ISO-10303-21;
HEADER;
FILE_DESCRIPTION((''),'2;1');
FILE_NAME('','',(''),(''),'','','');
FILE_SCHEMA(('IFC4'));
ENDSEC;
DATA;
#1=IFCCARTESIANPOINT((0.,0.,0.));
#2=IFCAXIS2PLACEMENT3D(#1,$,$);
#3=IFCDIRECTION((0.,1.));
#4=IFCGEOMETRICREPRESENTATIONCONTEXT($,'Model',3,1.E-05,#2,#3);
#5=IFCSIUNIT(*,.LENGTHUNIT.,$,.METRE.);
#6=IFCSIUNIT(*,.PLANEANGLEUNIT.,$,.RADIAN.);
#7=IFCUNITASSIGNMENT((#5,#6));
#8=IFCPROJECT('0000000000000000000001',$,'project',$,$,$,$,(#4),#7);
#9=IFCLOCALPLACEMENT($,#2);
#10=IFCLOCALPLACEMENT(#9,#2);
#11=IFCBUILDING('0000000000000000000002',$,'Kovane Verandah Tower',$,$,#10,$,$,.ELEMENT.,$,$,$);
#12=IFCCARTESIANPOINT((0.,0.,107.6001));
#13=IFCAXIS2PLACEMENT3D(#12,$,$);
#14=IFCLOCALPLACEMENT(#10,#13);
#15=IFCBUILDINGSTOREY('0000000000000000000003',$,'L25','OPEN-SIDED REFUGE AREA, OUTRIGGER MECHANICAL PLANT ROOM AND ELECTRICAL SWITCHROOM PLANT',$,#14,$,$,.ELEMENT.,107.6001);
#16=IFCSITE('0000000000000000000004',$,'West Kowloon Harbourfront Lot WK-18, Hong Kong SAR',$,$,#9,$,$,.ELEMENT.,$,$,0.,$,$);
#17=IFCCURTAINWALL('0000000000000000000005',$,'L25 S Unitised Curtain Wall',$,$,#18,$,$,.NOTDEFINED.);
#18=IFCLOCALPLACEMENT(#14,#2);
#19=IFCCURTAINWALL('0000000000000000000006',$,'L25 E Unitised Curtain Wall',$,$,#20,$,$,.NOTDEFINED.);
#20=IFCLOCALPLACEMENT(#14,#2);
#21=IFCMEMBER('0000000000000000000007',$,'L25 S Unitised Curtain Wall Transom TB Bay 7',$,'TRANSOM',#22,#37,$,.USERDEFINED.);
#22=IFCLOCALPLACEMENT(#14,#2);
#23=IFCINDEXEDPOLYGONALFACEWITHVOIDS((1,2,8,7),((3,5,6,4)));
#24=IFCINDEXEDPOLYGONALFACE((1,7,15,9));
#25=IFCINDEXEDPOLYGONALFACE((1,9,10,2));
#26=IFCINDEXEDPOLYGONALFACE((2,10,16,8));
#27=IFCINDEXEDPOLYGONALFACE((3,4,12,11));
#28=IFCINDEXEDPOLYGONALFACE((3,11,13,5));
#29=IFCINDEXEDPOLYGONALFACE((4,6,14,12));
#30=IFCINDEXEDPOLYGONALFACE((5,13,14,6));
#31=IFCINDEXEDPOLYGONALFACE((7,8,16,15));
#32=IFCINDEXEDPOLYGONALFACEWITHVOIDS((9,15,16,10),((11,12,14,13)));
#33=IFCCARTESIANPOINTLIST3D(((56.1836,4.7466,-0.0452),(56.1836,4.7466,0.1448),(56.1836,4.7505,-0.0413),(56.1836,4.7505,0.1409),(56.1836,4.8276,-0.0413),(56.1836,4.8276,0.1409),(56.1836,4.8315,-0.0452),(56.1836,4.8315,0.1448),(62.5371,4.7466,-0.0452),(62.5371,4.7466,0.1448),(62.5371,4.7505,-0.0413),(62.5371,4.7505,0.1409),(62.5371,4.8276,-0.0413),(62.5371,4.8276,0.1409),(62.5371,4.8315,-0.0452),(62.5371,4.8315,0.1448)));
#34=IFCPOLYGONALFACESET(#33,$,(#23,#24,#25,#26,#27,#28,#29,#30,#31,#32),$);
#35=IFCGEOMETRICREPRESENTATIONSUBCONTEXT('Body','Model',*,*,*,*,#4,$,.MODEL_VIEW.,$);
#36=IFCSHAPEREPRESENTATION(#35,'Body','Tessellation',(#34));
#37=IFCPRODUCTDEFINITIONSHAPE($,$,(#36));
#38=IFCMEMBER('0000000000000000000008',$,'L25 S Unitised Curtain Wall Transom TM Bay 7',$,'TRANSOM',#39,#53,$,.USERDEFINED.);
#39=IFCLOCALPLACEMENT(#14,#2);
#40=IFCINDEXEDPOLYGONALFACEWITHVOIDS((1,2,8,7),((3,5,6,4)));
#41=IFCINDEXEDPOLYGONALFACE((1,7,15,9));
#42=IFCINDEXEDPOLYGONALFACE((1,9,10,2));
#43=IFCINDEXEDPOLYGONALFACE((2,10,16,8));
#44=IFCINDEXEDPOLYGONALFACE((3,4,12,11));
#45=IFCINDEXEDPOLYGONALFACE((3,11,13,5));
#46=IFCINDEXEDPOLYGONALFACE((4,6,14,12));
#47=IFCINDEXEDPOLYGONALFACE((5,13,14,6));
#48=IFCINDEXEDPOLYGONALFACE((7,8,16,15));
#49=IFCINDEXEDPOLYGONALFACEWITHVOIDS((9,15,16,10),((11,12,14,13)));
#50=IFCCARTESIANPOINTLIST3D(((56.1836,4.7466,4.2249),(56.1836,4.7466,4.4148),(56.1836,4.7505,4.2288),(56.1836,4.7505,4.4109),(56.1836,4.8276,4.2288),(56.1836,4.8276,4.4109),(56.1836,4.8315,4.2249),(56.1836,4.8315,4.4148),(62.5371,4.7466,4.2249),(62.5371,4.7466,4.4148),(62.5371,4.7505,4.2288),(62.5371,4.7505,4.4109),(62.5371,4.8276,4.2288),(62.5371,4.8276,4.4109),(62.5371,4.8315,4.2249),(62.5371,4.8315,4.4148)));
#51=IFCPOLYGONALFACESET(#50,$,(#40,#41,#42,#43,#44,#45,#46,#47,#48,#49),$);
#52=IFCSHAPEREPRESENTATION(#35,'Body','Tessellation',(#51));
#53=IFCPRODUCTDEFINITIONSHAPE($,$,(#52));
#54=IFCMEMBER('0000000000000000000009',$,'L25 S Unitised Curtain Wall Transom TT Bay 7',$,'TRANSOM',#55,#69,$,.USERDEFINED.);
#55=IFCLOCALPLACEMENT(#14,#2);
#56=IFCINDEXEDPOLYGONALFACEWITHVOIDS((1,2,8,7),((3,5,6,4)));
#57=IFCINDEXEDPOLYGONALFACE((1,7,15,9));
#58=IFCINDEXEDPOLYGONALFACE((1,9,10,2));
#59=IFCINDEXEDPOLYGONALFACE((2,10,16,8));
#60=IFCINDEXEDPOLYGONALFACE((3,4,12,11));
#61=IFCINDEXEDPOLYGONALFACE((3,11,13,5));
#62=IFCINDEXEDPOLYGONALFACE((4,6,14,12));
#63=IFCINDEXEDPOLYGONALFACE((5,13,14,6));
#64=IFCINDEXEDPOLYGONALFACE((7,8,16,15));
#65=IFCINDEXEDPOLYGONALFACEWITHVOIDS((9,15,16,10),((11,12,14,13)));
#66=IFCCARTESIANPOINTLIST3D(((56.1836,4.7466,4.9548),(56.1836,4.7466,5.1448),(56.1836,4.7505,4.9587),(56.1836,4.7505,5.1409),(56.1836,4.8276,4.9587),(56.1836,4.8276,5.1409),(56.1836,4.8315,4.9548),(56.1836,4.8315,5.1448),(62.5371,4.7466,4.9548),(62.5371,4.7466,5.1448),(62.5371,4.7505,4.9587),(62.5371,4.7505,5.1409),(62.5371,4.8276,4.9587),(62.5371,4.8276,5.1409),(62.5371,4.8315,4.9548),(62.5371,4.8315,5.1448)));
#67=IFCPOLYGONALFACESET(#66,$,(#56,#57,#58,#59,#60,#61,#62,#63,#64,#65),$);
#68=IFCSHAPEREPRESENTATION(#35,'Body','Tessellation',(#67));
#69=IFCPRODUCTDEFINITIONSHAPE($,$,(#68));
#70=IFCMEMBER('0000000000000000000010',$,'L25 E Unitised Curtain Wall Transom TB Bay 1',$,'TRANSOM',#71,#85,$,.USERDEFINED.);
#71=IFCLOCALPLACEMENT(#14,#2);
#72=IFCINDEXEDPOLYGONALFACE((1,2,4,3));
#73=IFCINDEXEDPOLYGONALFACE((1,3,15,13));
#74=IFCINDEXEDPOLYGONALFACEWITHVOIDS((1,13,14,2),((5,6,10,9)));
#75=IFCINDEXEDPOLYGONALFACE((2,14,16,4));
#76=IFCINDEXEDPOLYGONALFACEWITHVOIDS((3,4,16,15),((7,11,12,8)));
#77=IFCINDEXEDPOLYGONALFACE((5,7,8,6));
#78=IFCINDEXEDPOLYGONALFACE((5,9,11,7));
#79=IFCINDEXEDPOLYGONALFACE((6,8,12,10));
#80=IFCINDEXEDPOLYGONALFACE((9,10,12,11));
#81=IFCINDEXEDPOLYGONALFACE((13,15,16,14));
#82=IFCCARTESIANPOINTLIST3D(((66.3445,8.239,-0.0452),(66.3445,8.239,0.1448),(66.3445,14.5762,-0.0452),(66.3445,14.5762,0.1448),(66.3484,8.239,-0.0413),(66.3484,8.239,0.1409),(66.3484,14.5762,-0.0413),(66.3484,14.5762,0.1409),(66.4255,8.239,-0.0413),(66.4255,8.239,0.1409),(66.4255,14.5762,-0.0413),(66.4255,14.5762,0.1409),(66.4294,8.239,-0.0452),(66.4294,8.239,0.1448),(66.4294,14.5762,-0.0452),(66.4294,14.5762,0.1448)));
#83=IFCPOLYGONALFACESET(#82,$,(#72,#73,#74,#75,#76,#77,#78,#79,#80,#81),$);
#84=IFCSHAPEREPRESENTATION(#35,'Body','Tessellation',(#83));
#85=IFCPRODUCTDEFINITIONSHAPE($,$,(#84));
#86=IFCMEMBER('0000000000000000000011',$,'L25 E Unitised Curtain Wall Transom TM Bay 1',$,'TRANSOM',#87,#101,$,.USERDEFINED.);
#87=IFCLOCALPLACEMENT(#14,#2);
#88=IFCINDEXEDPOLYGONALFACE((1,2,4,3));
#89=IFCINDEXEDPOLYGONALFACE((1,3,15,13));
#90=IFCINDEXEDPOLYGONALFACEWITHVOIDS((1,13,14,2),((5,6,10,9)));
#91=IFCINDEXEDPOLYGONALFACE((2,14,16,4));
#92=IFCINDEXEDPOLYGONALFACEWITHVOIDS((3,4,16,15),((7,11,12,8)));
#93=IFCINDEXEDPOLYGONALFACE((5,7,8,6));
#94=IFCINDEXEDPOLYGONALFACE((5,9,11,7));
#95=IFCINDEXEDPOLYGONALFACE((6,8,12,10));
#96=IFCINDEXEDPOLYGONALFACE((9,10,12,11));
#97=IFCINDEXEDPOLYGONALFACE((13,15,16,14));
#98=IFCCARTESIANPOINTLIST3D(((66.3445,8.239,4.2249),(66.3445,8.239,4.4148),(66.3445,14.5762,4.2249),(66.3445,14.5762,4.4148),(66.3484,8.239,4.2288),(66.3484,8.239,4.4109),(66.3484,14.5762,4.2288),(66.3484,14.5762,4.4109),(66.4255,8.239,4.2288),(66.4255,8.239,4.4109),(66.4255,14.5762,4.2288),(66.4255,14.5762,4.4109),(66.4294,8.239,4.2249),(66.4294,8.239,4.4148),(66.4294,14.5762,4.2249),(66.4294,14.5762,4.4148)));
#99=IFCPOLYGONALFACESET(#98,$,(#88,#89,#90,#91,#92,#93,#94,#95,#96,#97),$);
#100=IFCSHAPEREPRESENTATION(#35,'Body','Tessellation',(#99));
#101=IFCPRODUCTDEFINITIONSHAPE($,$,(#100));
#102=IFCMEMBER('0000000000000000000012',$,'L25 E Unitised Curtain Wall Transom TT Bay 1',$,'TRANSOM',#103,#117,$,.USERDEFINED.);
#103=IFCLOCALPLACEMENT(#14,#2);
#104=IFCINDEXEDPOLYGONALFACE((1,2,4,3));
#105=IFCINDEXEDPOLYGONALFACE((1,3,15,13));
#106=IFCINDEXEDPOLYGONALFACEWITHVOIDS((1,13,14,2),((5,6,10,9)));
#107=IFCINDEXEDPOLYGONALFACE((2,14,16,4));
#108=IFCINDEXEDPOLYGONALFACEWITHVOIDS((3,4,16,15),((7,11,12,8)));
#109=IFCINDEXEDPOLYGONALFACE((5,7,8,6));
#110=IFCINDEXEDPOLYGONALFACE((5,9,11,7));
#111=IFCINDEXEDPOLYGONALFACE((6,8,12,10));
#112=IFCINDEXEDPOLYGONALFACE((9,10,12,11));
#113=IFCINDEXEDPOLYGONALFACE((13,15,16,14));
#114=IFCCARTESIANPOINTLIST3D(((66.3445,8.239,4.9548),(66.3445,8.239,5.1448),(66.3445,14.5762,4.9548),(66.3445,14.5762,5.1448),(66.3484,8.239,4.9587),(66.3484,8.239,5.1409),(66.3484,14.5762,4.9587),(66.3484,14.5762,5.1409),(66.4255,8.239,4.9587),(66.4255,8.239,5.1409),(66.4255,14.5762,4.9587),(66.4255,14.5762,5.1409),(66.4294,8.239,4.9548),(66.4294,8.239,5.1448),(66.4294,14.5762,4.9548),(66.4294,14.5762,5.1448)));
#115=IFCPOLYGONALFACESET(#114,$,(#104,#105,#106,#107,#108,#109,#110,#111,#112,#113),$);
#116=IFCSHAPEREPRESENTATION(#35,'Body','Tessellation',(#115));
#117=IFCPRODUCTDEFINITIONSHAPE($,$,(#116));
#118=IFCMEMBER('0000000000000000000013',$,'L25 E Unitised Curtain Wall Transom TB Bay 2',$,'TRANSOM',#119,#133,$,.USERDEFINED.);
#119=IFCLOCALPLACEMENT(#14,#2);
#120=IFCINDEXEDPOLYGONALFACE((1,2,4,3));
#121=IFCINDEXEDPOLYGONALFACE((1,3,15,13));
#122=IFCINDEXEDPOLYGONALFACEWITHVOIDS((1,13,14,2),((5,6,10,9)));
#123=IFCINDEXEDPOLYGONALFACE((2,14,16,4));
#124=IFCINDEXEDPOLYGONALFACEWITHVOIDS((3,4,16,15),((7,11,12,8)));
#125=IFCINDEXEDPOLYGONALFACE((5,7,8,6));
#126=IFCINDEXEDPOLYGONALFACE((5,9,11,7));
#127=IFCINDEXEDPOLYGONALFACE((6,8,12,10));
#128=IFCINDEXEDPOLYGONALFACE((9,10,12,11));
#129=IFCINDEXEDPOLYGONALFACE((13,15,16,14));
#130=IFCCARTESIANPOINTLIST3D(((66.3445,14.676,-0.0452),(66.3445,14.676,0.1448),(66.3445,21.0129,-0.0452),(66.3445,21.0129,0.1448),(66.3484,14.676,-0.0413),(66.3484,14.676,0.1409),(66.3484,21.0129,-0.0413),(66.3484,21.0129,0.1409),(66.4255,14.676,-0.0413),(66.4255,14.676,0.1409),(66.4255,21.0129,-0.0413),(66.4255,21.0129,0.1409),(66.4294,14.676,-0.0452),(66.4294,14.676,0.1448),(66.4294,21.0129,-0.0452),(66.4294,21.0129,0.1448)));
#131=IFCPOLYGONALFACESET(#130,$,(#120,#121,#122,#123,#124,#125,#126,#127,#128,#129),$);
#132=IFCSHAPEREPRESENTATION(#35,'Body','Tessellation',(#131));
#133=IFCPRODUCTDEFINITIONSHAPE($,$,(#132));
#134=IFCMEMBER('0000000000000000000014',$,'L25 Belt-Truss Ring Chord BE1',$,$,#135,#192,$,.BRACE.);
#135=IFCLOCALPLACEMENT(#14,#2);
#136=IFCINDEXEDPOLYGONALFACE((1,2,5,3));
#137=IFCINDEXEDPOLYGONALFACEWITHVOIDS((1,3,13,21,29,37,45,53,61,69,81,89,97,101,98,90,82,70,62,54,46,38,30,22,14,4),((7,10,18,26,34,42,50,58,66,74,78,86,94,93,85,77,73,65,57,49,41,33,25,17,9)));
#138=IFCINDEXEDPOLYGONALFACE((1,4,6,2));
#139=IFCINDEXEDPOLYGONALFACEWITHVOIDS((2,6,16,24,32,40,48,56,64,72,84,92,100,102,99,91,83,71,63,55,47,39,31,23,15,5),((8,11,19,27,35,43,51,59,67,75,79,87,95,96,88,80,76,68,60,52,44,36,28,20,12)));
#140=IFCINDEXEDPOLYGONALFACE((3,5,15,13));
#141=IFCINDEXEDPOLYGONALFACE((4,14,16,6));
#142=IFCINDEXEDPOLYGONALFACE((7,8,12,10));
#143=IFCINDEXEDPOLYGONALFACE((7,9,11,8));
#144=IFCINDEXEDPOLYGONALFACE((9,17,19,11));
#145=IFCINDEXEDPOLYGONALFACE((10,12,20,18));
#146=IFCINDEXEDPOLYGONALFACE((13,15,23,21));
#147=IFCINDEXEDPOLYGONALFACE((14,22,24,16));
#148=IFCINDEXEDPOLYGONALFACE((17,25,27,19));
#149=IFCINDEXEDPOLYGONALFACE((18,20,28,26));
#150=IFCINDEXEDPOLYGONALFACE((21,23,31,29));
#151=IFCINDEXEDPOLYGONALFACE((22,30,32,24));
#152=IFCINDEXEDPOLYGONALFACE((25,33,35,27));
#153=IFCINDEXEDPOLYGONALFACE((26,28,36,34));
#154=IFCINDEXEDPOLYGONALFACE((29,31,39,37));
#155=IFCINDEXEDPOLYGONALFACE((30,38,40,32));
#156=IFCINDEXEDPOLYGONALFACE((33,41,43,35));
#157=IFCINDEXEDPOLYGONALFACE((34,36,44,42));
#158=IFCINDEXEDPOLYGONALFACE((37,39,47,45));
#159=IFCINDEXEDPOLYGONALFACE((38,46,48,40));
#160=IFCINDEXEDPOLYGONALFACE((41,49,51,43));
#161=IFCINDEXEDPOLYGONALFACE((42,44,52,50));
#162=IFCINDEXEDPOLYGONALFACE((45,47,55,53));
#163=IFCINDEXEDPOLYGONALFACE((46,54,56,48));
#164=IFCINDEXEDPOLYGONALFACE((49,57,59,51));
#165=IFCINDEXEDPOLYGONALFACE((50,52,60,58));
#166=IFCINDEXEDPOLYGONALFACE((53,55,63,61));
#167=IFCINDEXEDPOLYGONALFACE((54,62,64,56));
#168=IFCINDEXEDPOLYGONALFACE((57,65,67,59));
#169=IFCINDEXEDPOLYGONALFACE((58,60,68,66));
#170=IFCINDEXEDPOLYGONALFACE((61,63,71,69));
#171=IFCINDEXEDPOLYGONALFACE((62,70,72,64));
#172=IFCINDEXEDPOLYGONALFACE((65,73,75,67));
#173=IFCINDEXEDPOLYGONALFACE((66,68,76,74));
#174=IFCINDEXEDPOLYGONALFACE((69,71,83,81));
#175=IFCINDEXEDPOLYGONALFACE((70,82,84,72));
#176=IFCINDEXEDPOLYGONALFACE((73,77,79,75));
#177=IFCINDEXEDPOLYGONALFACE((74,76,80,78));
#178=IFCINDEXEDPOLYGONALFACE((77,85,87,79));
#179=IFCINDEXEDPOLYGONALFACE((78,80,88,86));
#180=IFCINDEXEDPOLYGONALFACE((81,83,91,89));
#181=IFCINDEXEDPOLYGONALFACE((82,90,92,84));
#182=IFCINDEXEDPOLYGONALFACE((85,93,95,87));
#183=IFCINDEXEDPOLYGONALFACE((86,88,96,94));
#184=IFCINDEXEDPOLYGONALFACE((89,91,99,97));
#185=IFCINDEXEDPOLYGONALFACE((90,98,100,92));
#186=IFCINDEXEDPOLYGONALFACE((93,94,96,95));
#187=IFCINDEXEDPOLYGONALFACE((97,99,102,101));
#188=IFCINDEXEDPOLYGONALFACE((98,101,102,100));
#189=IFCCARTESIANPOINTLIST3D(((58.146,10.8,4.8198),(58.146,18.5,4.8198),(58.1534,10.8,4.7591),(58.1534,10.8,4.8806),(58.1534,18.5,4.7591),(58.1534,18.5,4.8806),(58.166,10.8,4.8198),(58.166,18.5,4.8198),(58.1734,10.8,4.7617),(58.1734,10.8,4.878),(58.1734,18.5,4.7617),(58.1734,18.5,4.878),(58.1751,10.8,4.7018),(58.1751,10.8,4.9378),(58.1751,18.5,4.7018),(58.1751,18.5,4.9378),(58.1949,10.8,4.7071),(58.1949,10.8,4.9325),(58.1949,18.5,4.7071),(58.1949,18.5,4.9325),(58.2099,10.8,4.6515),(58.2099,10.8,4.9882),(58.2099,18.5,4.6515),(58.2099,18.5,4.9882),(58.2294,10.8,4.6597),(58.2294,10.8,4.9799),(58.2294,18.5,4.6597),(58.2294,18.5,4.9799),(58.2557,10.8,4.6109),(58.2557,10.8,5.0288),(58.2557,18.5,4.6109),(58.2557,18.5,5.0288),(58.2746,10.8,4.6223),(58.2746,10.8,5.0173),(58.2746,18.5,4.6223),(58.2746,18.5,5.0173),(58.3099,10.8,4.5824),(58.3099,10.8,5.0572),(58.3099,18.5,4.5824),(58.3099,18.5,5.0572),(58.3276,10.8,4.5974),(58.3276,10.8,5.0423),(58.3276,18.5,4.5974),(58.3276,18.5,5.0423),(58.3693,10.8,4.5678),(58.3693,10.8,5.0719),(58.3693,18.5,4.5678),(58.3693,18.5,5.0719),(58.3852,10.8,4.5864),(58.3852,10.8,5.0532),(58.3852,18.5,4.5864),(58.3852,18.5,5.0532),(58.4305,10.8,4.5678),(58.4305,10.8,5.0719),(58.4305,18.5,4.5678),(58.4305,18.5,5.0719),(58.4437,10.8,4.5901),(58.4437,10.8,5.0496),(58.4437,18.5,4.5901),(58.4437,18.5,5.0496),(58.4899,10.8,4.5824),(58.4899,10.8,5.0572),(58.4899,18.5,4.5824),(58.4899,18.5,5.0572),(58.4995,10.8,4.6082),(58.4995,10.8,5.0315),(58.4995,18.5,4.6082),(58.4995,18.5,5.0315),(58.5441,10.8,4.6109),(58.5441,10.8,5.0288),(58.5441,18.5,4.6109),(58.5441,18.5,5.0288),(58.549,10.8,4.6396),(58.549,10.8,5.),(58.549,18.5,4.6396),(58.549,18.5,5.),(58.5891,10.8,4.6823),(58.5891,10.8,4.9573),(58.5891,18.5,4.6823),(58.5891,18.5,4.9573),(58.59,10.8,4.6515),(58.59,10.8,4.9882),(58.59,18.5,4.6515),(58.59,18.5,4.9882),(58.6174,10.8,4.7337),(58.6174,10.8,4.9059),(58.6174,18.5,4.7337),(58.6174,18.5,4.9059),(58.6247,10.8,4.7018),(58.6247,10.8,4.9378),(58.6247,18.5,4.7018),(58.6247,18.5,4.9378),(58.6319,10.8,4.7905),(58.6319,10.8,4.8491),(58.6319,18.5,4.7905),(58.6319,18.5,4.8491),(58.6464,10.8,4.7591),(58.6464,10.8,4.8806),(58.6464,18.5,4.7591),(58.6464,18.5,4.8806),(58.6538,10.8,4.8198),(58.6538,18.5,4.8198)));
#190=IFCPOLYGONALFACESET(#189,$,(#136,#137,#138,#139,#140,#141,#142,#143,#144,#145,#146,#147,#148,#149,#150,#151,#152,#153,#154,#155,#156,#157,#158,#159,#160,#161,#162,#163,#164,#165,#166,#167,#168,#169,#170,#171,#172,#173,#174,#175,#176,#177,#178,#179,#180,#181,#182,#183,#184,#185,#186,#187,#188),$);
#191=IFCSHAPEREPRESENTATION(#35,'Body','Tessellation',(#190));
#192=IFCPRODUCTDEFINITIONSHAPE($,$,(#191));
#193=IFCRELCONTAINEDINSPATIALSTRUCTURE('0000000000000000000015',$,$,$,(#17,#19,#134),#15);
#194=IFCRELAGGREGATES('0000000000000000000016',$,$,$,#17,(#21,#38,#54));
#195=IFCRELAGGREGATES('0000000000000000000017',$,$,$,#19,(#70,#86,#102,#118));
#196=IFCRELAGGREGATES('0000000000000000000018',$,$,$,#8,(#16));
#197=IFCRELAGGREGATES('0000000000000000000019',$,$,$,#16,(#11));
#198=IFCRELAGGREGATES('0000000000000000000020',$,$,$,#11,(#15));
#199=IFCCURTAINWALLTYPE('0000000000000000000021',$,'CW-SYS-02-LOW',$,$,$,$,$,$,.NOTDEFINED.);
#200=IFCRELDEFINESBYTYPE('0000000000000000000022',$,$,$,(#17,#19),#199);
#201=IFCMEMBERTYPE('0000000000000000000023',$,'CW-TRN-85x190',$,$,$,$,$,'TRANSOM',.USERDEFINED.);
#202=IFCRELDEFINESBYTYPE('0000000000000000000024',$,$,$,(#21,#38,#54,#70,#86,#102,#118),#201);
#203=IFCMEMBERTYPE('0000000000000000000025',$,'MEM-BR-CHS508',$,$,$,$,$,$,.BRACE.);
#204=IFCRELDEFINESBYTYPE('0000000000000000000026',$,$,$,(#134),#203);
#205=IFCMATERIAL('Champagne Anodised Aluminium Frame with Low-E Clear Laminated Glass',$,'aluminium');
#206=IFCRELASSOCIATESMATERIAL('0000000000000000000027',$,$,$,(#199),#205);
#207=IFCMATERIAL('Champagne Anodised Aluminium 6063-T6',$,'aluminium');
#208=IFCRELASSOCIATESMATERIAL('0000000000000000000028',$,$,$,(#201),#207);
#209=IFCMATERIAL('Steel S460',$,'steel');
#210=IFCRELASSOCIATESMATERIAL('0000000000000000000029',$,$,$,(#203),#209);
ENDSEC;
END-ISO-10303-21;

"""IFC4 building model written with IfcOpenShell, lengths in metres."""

from ifc_helpers import new_model, si_unit, direction, frame, origin, origin_2d, place, context, subcontext, project, spatial, hollow_rectangle, hollow_circle, extrude, material, material_profile, profile_set, type_object, element, aggregate, save


model = new_model("IFC4")

# Units and contexts
model_context = context("Model", 3, precision=1e-05, world=origin(), true_north=direction((0.0, 1.0)))
body_context = subcontext(model_context, "Body", "Model", "MODEL_VIEW")
ifc_project = project(units=[si_unit("LENGTHUNIT", "METRE"), si_unit("PLANEANGLEUNIT", "RADIAN")], contexts=[model_context])

# Site, building, storey
site_placement = place(None, origin())
site = spatial("IfcSite", under=ifc_project, at=site_placement, Name="West Kowloon Harbourfront Lot WK-18, Hong Kong SAR", CompositionType="ELEMENT", RefElevation=0.0)
building_placement = place(site_placement, origin())
building = spatial("IfcBuilding", under=site, at=building_placement, Name="Kovane Verandah Tower", CompositionType="ELEMENT")
storey_placement = place(building_placement, frame((0.0, 0.0, 107.6001)))
storey = spatial("IfcBuildingStorey", under=building, at=storey_placement, Name="L25", Description="OPEN-SIDED REFUGE AREA, OUTRIGGER MECHANICAL PLANT ROOM AND ELECTRICAL SWITCHROOM PLANT", CompositionType="ELEMENT", Elevation=107.6001)

# Shared definitions
ifc_material_1 = material(Name="Steel S460", Category="steel")

# Curtain walls
ifc_material_2 = material(Name="Champagne Anodised Aluminium Frame with Low-E Clear Laminated Glass", Category="aluminium")
curtain_wall_type = type_object("IfcCurtainWallType", Name="CW-SYS-02-LOW", PredefinedType="NOTDEFINED", material=ifc_material_2)
curtain_wall_1_placement = place(storey_placement, origin())
curtain_wall_1 = element("IfcCurtainWall", 1, at=curtain_wall_1_placement, inside=storey, type_object=curtain_wall_type, Name="L25 S Unitised Curtain Wall", PredefinedType="NOTDEFINED")
ifc_material_3 = material(Name="Champagne Anodised Aluminium 6063-T6", Category="aluminium")
curtain_wall_2_placement = place(storey_placement, origin())
curtain_wall_2 = element("IfcCurtainWall", 2, at=curtain_wall_2_placement, inside=storey, type_object=curtain_wall_type, Name="L25 E Unitised Curtain Wall", PredefinedType="NOTDEFINED")

# Members
ifc_material_profile_1 = material_profile(ifc_material_3, hollow_rectangle(XDim=0.085, YDim=0.1899, WallThickness=0.0039, at=origin_2d()), Name="AL85x190x4")
ifc_profile_set_1 = profile_set([ifc_material_profile_1], Name="Champagne Anodised Aluminium 6063-T6")
member_type_1 = type_object("IfcMemberType", Name="CW-TRN-85x190", ElementType="TRANSOM", PredefinedType="USERDEFINED", material=ifc_profile_set_1)
member_1_placement = place(storey_placement, frame((56.1836, 4.7891, 0.0498), z_axis=(1.0, 0.0, 0.0), x_axis=(0.0, 1.0, 0.0)))
member_1 = element("IfcMember", 3, at=member_1_placement, type_object=member_type_1, Name="L25 S Unitised Curtain Wall Transom TB Bay 7", ObjectType="TRANSOM", PredefinedType="USERDEFINED", context=body_context, shape_type="SweptSolid", body=[
    extrude(hollow_rectangle(XDim=0.085, YDim=0.1899, WallThickness=0.0039, at=origin_2d()), origin(), (0.0, 0.0, 1.0), 6.3535),
])
member_2_placement = place(storey_placement, frame((56.1836, 4.7891, 4.3198), z_axis=(1.0, 0.0, 0.0), x_axis=(0.0, 1.0, 0.0)))
member_2 = element("IfcMember", 4, at=member_2_placement, type_object=member_type_1, Name="L25 S Unitised Curtain Wall Transom TM Bay 7", ObjectType="TRANSOM", PredefinedType="USERDEFINED", context=body_context, shape_type="SweptSolid", body=[
    extrude(hollow_rectangle(XDim=0.085, YDim=0.1899, WallThickness=0.0039, at=origin_2d()), origin(), (0.0, 0.0, 1.0), 6.3535),
])
member_3_placement = place(storey_placement, frame((56.1836, 4.7891, 5.0498), z_axis=(1.0, 0.0, 0.0), x_axis=(0.0, 1.0, 0.0)))
member_3 = element("IfcMember", 5, at=member_3_placement, type_object=member_type_1, Name="L25 S Unitised Curtain Wall Transom TT Bay 7", ObjectType="TRANSOM", PredefinedType="USERDEFINED", context=body_context, shape_type="SweptSolid", body=[
    extrude(hollow_rectangle(XDim=0.085, YDim=0.1899, WallThickness=0.0039, at=origin_2d()), origin(), (0.0, 0.0, 1.0), 6.3535),
])
member_4_placement = place(storey_placement, frame((66.387, 8.239, 0.0498), z_axis=(0.0, 1.0, 0.0), x_axis=(-1.0, 0.0, 0.0)))
member_4 = element("IfcMember", 6, at=member_4_placement, type_object=member_type_1, Name="L25 E Unitised Curtain Wall Transom TB Bay 1", ObjectType="TRANSOM", PredefinedType="USERDEFINED", context=body_context, shape_type="SweptSolid", body=[
    extrude(hollow_rectangle(XDim=0.085, YDim=0.1899, WallThickness=0.0039, at=origin_2d()), origin(), (0.0, 0.0, 1.0), 6.3372),
])
member_5_placement = place(storey_placement, frame((66.387, 8.239, 4.3198), z_axis=(0.0, 1.0, 0.0), x_axis=(-1.0, 0.0, 0.0)))
member_5 = element("IfcMember", 7, at=member_5_placement, type_object=member_type_1, Name="L25 E Unitised Curtain Wall Transom TM Bay 1", ObjectType="TRANSOM", PredefinedType="USERDEFINED", context=body_context, shape_type="SweptSolid", body=[
    extrude(hollow_rectangle(XDim=0.085, YDim=0.1899, WallThickness=0.0039, at=origin_2d()), origin(), (0.0, 0.0, 1.0), 6.3372),
])
member_6_placement = place(storey_placement, frame((66.387, 8.239, 5.0498), z_axis=(0.0, 1.0, 0.0), x_axis=(-1.0, 0.0, 0.0)))
member_6 = element("IfcMember", 8, at=member_6_placement, type_object=member_type_1, Name="L25 E Unitised Curtain Wall Transom TT Bay 1", ObjectType="TRANSOM", PredefinedType="USERDEFINED", context=body_context, shape_type="SweptSolid", body=[
    extrude(hollow_rectangle(XDim=0.085, YDim=0.1899, WallThickness=0.0039, at=origin_2d()), origin(), (0.0, 0.0, 1.0), 6.3372),
])
member_7_placement = place(storey_placement, frame((66.387, 14.676, 0.0498), z_axis=(0.0, 1.0, 0.0), x_axis=(-1.0, 0.0, 0.0)))
member_7 = element("IfcMember", 9, at=member_7_placement, type_object=member_type_1, Name="L25 E Unitised Curtain Wall Transom TB Bay 2", ObjectType="TRANSOM", PredefinedType="USERDEFINED", context=body_context, shape_type="SweptSolid", body=[
    extrude(hollow_rectangle(XDim=0.085, YDim=0.1899, WallThickness=0.0039, at=origin_2d()), origin(), (0.0, 0.0, 1.0), 6.3369),
])
ifc_material_profile_2 = material_profile(ifc_material_1, hollow_circle(Radius=0.2539, WallThickness=0.02, at=origin_2d()), Name="CHS508x20")
ifc_profile_set_2 = profile_set([ifc_material_profile_2], Name="Steel S460")
member_type_2 = type_object("IfcMemberType", Name="MEM-BR-CHS508", PredefinedType="BRACE", material=ifc_profile_set_2)
member_8_placement = place(storey_placement, frame((58.3999, 10.8, 4.8198), z_axis=(0.0, 1.0, 0.0), x_axis=(-1.0, 0.0, 0.0)))
element("IfcMember", 10, at=member_8_placement, inside=storey, type_object=member_type_2, Name="L25 Belt-Truss Ring Chord BE1", PredefinedType="BRACE", context=body_context, shape_type="SweptSolid", body=[
    extrude(hollow_circle(Radius=0.2539, WallThickness=0.02, at=origin_2d()), origin(), (0.0, 0.0, 1.0), 7.7),
])

aggregate(curtain_wall_1, [member_1, member_2, member_3])
aggregate(curtain_wall_2, [member_4, member_5, member_6, member_7])

save(model, "model.ifc")
